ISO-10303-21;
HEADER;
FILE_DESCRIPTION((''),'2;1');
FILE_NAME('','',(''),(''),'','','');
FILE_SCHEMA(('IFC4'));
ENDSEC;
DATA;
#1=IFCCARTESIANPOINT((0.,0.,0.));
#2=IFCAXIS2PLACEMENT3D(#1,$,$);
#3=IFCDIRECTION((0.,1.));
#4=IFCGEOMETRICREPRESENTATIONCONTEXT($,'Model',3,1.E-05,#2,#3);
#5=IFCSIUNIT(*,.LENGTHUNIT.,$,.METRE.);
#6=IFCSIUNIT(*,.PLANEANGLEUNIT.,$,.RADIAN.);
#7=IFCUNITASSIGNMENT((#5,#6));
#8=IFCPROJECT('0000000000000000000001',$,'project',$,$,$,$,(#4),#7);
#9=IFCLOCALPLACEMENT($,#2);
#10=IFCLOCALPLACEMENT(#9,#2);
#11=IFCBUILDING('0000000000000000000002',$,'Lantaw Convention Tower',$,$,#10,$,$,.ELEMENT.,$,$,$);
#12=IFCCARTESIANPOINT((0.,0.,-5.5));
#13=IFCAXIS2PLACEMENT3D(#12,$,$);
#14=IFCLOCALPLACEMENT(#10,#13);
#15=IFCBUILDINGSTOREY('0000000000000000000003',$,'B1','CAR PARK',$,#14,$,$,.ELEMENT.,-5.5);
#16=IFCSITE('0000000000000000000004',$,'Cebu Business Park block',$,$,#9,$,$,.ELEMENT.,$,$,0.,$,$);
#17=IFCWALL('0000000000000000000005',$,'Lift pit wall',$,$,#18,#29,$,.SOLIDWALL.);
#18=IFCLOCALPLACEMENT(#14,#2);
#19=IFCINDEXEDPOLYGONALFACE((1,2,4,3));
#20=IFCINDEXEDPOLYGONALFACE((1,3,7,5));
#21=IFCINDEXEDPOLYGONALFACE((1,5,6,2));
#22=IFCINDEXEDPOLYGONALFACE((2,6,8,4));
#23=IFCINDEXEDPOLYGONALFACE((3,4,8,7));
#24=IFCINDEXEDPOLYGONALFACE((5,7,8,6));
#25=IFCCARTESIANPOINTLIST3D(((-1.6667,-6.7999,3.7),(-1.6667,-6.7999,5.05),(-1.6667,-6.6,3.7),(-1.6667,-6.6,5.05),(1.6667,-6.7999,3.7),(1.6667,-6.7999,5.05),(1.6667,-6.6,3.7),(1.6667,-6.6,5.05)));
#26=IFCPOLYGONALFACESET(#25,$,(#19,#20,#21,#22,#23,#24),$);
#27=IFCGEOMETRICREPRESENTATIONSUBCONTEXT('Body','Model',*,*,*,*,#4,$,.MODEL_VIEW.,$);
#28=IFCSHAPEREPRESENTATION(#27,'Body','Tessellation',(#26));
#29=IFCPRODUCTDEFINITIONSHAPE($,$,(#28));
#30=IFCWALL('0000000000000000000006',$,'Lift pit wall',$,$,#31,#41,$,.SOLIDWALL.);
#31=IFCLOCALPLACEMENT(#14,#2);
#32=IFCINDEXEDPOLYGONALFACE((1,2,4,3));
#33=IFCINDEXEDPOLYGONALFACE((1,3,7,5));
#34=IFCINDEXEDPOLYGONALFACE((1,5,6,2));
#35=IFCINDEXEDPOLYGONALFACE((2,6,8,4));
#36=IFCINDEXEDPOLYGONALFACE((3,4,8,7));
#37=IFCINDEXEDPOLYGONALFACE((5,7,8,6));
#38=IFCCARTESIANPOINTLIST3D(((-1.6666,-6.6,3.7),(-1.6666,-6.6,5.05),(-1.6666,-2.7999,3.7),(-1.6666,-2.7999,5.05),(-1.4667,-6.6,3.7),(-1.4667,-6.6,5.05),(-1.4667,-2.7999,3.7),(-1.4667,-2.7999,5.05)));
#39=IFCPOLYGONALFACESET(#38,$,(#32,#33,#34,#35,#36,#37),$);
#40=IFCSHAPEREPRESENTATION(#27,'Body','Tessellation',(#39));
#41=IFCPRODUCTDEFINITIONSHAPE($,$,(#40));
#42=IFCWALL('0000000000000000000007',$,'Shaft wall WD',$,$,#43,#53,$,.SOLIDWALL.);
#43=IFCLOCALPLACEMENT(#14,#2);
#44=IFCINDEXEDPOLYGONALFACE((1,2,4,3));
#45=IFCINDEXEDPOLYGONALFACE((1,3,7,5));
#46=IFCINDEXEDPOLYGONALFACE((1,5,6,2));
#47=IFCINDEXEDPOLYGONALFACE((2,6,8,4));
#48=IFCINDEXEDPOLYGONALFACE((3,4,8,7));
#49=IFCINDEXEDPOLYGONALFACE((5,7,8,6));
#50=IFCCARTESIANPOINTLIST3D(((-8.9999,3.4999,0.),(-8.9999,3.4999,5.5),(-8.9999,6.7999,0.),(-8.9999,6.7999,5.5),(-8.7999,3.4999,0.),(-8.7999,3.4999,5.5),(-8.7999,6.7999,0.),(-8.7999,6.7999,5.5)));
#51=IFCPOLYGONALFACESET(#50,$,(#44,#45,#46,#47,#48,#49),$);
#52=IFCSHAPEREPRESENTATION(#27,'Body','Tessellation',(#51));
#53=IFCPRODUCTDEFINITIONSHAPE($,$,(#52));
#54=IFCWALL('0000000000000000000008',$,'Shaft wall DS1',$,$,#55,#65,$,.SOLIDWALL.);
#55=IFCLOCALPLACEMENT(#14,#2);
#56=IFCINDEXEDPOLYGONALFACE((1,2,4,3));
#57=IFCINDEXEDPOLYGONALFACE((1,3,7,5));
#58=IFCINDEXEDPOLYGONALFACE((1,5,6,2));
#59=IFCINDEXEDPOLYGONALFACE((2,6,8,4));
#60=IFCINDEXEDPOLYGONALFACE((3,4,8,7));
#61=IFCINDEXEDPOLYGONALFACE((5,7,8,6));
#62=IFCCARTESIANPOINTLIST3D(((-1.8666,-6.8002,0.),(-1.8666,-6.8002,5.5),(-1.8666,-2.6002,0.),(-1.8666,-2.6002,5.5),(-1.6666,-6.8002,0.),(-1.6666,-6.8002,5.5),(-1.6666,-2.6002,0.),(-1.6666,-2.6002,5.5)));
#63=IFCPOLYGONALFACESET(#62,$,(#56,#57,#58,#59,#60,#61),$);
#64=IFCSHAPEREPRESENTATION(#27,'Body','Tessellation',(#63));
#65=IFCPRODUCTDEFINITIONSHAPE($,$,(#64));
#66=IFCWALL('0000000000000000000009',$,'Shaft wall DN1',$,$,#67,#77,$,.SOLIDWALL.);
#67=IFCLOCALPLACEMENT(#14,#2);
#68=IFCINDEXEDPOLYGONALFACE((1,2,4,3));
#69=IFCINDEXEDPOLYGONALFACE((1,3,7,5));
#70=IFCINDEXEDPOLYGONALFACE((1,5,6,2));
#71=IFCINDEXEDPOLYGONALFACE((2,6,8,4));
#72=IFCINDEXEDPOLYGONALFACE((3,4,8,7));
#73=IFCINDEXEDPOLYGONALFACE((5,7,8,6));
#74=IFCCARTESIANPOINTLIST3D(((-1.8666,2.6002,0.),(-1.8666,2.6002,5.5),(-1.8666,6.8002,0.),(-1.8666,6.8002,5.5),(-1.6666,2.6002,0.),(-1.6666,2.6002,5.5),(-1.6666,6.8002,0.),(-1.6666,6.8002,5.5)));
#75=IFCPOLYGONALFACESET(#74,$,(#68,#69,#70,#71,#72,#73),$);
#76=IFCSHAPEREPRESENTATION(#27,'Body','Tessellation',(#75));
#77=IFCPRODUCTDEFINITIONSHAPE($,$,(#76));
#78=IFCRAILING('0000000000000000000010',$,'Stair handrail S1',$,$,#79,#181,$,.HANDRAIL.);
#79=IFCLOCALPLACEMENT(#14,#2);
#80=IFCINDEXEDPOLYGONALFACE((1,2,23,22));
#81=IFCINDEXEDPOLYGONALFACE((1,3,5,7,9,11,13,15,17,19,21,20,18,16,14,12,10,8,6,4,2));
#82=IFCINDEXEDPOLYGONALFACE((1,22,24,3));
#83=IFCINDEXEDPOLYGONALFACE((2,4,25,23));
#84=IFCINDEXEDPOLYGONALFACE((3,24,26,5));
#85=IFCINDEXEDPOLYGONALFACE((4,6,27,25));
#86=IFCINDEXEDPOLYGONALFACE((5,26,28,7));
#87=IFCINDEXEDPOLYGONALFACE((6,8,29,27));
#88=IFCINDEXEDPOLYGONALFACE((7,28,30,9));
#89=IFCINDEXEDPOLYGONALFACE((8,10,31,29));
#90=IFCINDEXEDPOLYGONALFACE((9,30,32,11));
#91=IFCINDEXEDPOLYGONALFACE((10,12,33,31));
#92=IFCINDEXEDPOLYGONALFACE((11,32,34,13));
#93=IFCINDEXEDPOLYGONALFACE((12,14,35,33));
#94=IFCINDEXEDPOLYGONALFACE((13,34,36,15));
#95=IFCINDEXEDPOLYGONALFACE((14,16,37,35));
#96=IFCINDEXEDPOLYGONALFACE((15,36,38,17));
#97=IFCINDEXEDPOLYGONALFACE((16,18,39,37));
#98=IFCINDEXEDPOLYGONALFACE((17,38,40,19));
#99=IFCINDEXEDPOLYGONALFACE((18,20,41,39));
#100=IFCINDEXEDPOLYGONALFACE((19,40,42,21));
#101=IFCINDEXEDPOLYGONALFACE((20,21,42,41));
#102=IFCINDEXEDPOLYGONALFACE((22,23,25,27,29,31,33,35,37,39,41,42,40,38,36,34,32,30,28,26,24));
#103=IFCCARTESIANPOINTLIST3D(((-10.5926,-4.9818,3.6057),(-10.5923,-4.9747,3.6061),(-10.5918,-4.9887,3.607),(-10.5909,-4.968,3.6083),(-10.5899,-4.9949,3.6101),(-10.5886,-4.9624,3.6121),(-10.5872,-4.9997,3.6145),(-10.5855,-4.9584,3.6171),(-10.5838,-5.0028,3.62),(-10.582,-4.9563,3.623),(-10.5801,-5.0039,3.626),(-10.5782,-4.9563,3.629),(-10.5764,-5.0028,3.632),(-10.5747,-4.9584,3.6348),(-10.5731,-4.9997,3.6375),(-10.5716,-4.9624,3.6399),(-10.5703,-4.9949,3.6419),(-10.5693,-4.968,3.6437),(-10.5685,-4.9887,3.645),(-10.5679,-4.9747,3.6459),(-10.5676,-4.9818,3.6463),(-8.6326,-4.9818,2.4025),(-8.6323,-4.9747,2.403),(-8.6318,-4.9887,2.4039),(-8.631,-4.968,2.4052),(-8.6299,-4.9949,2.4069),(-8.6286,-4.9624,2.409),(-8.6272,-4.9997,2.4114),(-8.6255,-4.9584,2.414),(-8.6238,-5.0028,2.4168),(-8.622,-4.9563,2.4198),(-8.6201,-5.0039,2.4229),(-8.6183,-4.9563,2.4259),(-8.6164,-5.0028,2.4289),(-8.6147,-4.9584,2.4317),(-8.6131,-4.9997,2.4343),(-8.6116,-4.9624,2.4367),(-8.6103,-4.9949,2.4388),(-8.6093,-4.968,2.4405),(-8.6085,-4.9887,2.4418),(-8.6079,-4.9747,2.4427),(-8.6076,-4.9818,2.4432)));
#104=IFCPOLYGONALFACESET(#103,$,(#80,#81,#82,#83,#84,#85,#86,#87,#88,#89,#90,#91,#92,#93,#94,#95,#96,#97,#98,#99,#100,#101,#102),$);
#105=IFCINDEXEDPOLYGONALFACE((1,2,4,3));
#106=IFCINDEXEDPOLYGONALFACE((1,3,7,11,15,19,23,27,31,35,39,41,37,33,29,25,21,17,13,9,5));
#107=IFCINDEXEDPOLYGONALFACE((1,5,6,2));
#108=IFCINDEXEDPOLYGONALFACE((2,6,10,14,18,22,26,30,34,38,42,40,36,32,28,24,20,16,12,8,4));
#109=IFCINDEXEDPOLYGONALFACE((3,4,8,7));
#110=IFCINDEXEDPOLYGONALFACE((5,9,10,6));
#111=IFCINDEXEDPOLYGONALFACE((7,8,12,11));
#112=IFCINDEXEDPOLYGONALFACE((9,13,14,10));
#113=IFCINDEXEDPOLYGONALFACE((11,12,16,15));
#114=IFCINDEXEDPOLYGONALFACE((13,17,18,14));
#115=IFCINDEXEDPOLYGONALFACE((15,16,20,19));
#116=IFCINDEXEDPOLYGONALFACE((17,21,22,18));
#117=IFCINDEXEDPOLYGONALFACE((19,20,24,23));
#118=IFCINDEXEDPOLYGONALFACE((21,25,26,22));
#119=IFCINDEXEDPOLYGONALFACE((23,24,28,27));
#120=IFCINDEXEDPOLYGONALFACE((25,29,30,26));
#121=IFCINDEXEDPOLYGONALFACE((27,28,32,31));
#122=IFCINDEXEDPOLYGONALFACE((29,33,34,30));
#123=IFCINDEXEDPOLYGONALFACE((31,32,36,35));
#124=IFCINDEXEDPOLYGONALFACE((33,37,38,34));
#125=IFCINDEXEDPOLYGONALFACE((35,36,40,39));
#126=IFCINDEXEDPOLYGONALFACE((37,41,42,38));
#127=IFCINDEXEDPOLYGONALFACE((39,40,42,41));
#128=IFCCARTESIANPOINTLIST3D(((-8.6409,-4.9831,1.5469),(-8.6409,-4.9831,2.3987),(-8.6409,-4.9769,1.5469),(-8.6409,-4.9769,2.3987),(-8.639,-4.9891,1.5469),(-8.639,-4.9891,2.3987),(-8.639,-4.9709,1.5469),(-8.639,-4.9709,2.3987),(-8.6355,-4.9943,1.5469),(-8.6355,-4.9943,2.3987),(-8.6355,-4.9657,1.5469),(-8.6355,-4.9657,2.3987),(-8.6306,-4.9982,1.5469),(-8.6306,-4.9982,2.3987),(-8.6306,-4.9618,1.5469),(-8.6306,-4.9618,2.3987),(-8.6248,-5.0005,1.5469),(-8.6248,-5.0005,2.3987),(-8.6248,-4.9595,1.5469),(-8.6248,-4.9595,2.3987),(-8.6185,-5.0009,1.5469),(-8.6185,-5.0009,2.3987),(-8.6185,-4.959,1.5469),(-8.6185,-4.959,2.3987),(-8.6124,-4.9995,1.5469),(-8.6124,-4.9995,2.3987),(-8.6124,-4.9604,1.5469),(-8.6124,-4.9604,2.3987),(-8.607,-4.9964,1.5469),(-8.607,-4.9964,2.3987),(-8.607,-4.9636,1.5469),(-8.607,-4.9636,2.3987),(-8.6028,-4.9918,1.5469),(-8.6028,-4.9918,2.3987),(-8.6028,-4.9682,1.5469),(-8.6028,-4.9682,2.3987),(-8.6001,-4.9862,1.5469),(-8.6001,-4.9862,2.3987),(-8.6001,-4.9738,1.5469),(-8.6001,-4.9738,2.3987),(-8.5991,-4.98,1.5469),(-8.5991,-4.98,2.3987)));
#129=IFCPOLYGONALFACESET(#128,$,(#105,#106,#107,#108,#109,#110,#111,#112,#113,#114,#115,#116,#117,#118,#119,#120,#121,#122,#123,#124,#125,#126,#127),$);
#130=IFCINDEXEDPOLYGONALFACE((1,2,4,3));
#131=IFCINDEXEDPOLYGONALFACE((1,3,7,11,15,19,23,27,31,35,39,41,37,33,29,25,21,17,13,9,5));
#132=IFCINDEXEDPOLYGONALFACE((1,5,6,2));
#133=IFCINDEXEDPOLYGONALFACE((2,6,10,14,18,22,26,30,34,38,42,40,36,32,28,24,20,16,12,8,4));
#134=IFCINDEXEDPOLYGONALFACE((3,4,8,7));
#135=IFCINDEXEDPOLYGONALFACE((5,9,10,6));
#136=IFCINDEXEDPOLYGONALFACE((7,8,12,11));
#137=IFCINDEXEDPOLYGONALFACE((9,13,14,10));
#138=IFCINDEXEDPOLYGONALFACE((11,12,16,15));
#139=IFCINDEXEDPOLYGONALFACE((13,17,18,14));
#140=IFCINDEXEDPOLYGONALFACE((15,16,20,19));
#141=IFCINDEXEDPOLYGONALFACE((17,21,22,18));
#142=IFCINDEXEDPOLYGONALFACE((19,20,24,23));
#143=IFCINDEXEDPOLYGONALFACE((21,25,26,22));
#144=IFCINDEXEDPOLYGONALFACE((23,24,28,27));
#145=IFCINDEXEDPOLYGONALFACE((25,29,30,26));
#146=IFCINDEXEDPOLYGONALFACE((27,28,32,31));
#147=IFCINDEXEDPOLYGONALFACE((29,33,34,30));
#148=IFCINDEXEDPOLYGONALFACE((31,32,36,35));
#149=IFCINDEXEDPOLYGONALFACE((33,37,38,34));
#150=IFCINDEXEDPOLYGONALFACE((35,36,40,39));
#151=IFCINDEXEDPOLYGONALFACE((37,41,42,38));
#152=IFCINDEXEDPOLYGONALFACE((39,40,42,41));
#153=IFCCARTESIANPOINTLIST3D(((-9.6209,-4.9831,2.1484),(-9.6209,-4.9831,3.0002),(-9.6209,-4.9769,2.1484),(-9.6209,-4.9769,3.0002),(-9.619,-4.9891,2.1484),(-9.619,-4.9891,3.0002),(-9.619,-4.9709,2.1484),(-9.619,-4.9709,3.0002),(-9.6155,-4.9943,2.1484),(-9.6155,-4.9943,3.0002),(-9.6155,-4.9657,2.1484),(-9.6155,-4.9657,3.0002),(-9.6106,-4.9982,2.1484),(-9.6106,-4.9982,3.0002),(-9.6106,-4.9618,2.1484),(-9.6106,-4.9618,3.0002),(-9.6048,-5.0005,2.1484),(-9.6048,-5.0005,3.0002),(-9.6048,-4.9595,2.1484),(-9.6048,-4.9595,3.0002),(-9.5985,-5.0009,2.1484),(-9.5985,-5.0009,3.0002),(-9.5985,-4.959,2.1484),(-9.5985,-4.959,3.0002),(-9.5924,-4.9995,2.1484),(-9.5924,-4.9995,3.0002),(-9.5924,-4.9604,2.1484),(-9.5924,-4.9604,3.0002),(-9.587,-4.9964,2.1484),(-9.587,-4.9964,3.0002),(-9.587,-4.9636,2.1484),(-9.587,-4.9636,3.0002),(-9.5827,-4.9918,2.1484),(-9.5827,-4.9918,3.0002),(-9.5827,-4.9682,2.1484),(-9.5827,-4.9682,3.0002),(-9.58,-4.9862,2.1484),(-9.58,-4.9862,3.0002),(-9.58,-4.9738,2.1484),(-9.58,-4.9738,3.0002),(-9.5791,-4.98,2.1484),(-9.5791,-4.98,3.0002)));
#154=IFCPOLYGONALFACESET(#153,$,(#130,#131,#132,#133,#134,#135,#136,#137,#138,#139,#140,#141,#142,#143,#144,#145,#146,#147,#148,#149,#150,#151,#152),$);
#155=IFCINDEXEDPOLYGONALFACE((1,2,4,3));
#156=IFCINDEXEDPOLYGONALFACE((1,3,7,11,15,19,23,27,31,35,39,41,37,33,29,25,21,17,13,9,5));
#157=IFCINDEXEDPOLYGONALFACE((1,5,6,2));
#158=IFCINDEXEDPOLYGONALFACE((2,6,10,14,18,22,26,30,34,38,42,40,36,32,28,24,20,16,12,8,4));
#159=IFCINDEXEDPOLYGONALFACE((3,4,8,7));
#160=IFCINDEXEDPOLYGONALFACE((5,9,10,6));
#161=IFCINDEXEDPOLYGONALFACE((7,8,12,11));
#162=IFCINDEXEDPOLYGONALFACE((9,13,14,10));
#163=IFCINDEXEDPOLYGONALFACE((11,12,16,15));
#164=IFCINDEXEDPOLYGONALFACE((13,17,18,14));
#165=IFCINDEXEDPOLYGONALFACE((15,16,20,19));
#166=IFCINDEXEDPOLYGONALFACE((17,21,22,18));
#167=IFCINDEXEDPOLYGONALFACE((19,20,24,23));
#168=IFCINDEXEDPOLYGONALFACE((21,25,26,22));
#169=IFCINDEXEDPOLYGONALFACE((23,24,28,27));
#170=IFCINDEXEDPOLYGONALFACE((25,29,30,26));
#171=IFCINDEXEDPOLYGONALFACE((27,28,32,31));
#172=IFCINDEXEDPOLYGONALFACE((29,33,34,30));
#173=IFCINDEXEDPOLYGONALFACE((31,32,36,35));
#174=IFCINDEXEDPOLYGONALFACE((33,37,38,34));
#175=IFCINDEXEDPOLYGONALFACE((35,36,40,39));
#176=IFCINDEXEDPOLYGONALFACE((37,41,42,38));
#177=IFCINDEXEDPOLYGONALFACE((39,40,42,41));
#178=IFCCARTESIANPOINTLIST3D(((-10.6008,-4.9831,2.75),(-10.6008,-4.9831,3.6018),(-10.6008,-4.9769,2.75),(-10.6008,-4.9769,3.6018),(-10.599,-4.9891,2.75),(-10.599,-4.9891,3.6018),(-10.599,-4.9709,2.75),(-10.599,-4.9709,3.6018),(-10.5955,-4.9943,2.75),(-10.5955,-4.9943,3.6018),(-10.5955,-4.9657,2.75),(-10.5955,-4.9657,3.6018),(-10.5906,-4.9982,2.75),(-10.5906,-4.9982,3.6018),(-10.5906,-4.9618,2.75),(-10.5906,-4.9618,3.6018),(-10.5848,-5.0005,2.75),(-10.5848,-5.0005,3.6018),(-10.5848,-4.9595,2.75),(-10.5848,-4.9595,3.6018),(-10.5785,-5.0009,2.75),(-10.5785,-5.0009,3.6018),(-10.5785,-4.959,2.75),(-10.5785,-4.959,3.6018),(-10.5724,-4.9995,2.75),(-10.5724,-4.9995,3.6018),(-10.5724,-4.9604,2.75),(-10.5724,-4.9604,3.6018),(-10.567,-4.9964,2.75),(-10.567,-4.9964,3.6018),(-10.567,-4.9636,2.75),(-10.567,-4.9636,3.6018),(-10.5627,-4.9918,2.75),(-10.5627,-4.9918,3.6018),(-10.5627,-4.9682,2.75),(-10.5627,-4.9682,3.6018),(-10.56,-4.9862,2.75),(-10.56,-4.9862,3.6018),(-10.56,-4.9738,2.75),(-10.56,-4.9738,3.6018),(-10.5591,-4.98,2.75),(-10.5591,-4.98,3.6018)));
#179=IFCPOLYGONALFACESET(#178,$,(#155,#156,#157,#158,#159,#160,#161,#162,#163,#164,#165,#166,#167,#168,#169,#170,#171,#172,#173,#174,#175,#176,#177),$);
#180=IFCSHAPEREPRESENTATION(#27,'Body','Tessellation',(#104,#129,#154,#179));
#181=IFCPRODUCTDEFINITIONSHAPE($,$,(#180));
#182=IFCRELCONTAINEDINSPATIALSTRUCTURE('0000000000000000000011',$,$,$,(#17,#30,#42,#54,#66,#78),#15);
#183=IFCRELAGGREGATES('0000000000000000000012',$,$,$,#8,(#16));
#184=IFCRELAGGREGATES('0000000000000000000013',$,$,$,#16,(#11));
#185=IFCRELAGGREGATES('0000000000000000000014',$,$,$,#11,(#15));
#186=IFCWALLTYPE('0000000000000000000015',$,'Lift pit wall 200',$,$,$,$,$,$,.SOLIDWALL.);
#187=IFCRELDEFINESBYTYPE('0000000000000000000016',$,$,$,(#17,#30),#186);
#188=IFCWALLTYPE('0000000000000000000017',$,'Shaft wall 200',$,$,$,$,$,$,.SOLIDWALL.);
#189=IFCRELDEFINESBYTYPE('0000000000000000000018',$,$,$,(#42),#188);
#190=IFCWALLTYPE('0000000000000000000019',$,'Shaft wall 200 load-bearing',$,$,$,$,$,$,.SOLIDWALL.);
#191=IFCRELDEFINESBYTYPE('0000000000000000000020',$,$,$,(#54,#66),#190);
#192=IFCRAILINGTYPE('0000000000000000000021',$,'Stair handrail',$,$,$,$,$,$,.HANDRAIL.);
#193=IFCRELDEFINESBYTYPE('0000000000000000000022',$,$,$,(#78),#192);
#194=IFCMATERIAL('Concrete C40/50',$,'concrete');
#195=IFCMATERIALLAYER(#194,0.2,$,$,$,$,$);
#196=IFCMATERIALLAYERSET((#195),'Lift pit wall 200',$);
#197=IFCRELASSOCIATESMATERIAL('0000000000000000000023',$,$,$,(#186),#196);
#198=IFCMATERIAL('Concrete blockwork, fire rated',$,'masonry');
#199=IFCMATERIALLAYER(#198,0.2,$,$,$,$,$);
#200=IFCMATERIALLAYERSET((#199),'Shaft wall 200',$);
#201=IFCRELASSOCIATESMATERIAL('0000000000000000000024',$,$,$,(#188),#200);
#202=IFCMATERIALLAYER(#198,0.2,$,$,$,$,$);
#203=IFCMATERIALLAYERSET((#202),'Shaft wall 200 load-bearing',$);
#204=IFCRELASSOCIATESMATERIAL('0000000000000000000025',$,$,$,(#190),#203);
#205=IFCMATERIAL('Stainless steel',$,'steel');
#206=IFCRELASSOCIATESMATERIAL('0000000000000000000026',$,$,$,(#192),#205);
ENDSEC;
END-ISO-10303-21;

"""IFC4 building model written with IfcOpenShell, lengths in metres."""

from ifc_helpers import new_model, si_unit, direction, frame, frame_2d, origin, origin_2d, place, context, subcontext, project, spatial, rectangle, circle, extrude, material, layer, layer_set, type_object, element, save


model = new_model("IFC4")

# Units and contexts
model_context = context("Model", 3, precision=1e-05, world=origin(), true_north=direction((0.0, 1.0)))
body_context = subcontext(model_context, "Body", "Model", "MODEL_VIEW")
ifc_project = project(units=[si_unit("LENGTHUNIT", "METRE"), si_unit("PLANEANGLEUNIT", "RADIAN")], contexts=[model_context])

# Site, building, storey
site_placement = place(None, origin())
site = spatial("IfcSite", under=ifc_project, at=site_placement, Name="Cebu Business Park block", CompositionType="ELEMENT", RefElevation=0.0)
building_placement = place(site_placement, origin())
building = spatial("IfcBuilding", under=site, at=building_placement, Name="Lantaw Convention Tower", CompositionType="ELEMENT")
storey_placement = place(building_placement, frame((0.0, 0.0, -5.5)))
storey = spatial("IfcBuildingStorey", under=building, at=storey_placement, Name="B1", Description="CAR PARK", CompositionType="ELEMENT", Elevation=-5.5)

# Walls
ifc_material_1 = material(Name="Concrete C40/50", Category="concrete")
ifc_layer_1 = layer(ifc_material_1, 0.2)
ifc_layer_set_1 = layer_set([ifc_layer_1], Name="Lift pit wall 200")
wall_type_1 = type_object("IfcWallType", Name="Lift pit wall 200", PredefinedType="SOLIDWALL", material=ifc_layer_set_1)
for number, where, z_axis, x_axis, name in (
    (1, (-1.6667, -6.7, 3.7), (0.0, 0.0, 1.0), (1.0, 0.0, 0.0), "Lift pit wall"),
):
    element("IfcWall", number, at=place(storey_placement, frame(where, z_axis=z_axis, x_axis=x_axis)), inside=storey, type_object=wall_type_1, Name=name, PredefinedType="SOLIDWALL", context=body_context, shape_type="SweptSolid", body=[
        extrude(rectangle(XDim=3.3335, YDim=0.2, at=frame_2d((1.6667, 0.0))), origin(), (0.0, 0.0, 1.0), 1.3501),
    ])
wall_1_placement = place(storey_placement, frame((-1.5667, -2.8, 3.7), z_axis=(0.0, 0.0, 1.0), x_axis=(0.0, -1.0, 0.0)))
element("IfcWall", 2, at=wall_1_placement, inside=storey, type_object=wall_type_1, Name="Lift pit wall", PredefinedType="SOLIDWALL", context=body_context, shape_type="SweptSolid", body=[
    extrude(rectangle(XDim=3.8, YDim=0.2, at=frame_2d((1.8999, 0.0))), origin(), (0.0, 0.0, 1.0), 1.3501),
])
ifc_material_2 = material(Name="Concrete blockwork, fire rated", Category="masonry")
ifc_layer_2 = layer(ifc_material_2, 0.2)
ifc_layer_set_2 = layer_set([ifc_layer_2], Name="Shaft wall 200")
wall_type_2 = type_object("IfcWallType", Name="Shaft wall 200", PredefinedType="SOLIDWALL", material=ifc_layer_set_2)
wall_2_placement = place(storey_placement, frame((-8.8999, 3.5, 0.0), z_axis=(0.0, 0.0, 1.0), x_axis=(0.0, 1.0, 0.0)))
element("IfcWall", 3, at=wall_2_placement, inside=storey, type_object=wall_type_2, Name="Shaft wall WD", PredefinedType="SOLIDWALL", context=body_context, shape_type="SweptSolid", body=[
    extrude(rectangle(XDim=3.3, YDim=0.2, at=frame_2d((1.6499, 0.0))), origin(), (0.0, 0.0, 1.0), 5.5),
])
ifc_layer_3 = layer(ifc_material_2, 0.2)
ifc_layer_set_3 = layer_set([ifc_layer_3], Name="Shaft wall 200 load-bearing")
wall_type_3 = type_object("IfcWallType", Name="Shaft wall 200 load-bearing", PredefinedType="SOLIDWALL", material=ifc_layer_set_3)
for number, where, z_axis, x_axis, name in (
    (4, (-1.7666, -2.6001, 0.0), (0.0, 0.0, 1.0), (0.0, -1.0, 0.0), "Shaft wall DS1"),
    (5, (-1.7666, 2.6001, 0.0), (0.0, 0.0, 1.0), (0.0, 1.0, 0.0), "Shaft wall DN1"),
):
    element("IfcWall", number, at=place(storey_placement, frame(where, z_axis=z_axis, x_axis=x_axis)), inside=storey, type_object=wall_type_3, Name=name, PredefinedType="SOLIDWALL", context=body_context, shape_type="SweptSolid", body=[
        extrude(rectangle(XDim=4.2, YDim=0.2, at=frame_2d((2.1001, 0.0))), origin(), (0.0, 0.0, 1.0), 5.5),
    ])

# Railing
ifc_material_3 = material(Name="Stainless steel", Category="steel")
railing_type = type_object("IfcRailingType", Name="Stair handrail", PredefinedType="HANDRAIL", material=ifc_material_3)
railing_1_placement = place(storey_placement, frame((-8.6201, -4.98, 1.5469)))
element("IfcRailing", 6, at=railing_1_placement, inside=storey, type_object=railing_type, Name="Stair handrail S1", PredefinedType="HANDRAIL", context=body_context, shape_type="SweptSolid", body=[
    extrude(circle(Radius=0.0239, at=origin_2d()), frame((0.0, 0.0, 0.876), z_axis=(-0.852241, 0.0, 0.523149), x_axis=(0.0, -1.0, 0.0)), (0.0, 0.0, 1.0), 2.2998),
    extrude(circle(Radius=0.021, at=origin_2d()), origin(), (0.0, 0.0, 1.0), 0.8518),
    extrude(circle(Radius=0.021, at=origin_2d()), frame((-0.98, 0.0, 0.6016)), (0.0, 0.0, 1.0), 0.8518),
    extrude(circle(Radius=0.021, at=origin_2d()), frame((-1.96, 0.0, 1.2031)), (0.0, 0.0, 1.0), 0.8518),
])

save(model, "model.ifc")
